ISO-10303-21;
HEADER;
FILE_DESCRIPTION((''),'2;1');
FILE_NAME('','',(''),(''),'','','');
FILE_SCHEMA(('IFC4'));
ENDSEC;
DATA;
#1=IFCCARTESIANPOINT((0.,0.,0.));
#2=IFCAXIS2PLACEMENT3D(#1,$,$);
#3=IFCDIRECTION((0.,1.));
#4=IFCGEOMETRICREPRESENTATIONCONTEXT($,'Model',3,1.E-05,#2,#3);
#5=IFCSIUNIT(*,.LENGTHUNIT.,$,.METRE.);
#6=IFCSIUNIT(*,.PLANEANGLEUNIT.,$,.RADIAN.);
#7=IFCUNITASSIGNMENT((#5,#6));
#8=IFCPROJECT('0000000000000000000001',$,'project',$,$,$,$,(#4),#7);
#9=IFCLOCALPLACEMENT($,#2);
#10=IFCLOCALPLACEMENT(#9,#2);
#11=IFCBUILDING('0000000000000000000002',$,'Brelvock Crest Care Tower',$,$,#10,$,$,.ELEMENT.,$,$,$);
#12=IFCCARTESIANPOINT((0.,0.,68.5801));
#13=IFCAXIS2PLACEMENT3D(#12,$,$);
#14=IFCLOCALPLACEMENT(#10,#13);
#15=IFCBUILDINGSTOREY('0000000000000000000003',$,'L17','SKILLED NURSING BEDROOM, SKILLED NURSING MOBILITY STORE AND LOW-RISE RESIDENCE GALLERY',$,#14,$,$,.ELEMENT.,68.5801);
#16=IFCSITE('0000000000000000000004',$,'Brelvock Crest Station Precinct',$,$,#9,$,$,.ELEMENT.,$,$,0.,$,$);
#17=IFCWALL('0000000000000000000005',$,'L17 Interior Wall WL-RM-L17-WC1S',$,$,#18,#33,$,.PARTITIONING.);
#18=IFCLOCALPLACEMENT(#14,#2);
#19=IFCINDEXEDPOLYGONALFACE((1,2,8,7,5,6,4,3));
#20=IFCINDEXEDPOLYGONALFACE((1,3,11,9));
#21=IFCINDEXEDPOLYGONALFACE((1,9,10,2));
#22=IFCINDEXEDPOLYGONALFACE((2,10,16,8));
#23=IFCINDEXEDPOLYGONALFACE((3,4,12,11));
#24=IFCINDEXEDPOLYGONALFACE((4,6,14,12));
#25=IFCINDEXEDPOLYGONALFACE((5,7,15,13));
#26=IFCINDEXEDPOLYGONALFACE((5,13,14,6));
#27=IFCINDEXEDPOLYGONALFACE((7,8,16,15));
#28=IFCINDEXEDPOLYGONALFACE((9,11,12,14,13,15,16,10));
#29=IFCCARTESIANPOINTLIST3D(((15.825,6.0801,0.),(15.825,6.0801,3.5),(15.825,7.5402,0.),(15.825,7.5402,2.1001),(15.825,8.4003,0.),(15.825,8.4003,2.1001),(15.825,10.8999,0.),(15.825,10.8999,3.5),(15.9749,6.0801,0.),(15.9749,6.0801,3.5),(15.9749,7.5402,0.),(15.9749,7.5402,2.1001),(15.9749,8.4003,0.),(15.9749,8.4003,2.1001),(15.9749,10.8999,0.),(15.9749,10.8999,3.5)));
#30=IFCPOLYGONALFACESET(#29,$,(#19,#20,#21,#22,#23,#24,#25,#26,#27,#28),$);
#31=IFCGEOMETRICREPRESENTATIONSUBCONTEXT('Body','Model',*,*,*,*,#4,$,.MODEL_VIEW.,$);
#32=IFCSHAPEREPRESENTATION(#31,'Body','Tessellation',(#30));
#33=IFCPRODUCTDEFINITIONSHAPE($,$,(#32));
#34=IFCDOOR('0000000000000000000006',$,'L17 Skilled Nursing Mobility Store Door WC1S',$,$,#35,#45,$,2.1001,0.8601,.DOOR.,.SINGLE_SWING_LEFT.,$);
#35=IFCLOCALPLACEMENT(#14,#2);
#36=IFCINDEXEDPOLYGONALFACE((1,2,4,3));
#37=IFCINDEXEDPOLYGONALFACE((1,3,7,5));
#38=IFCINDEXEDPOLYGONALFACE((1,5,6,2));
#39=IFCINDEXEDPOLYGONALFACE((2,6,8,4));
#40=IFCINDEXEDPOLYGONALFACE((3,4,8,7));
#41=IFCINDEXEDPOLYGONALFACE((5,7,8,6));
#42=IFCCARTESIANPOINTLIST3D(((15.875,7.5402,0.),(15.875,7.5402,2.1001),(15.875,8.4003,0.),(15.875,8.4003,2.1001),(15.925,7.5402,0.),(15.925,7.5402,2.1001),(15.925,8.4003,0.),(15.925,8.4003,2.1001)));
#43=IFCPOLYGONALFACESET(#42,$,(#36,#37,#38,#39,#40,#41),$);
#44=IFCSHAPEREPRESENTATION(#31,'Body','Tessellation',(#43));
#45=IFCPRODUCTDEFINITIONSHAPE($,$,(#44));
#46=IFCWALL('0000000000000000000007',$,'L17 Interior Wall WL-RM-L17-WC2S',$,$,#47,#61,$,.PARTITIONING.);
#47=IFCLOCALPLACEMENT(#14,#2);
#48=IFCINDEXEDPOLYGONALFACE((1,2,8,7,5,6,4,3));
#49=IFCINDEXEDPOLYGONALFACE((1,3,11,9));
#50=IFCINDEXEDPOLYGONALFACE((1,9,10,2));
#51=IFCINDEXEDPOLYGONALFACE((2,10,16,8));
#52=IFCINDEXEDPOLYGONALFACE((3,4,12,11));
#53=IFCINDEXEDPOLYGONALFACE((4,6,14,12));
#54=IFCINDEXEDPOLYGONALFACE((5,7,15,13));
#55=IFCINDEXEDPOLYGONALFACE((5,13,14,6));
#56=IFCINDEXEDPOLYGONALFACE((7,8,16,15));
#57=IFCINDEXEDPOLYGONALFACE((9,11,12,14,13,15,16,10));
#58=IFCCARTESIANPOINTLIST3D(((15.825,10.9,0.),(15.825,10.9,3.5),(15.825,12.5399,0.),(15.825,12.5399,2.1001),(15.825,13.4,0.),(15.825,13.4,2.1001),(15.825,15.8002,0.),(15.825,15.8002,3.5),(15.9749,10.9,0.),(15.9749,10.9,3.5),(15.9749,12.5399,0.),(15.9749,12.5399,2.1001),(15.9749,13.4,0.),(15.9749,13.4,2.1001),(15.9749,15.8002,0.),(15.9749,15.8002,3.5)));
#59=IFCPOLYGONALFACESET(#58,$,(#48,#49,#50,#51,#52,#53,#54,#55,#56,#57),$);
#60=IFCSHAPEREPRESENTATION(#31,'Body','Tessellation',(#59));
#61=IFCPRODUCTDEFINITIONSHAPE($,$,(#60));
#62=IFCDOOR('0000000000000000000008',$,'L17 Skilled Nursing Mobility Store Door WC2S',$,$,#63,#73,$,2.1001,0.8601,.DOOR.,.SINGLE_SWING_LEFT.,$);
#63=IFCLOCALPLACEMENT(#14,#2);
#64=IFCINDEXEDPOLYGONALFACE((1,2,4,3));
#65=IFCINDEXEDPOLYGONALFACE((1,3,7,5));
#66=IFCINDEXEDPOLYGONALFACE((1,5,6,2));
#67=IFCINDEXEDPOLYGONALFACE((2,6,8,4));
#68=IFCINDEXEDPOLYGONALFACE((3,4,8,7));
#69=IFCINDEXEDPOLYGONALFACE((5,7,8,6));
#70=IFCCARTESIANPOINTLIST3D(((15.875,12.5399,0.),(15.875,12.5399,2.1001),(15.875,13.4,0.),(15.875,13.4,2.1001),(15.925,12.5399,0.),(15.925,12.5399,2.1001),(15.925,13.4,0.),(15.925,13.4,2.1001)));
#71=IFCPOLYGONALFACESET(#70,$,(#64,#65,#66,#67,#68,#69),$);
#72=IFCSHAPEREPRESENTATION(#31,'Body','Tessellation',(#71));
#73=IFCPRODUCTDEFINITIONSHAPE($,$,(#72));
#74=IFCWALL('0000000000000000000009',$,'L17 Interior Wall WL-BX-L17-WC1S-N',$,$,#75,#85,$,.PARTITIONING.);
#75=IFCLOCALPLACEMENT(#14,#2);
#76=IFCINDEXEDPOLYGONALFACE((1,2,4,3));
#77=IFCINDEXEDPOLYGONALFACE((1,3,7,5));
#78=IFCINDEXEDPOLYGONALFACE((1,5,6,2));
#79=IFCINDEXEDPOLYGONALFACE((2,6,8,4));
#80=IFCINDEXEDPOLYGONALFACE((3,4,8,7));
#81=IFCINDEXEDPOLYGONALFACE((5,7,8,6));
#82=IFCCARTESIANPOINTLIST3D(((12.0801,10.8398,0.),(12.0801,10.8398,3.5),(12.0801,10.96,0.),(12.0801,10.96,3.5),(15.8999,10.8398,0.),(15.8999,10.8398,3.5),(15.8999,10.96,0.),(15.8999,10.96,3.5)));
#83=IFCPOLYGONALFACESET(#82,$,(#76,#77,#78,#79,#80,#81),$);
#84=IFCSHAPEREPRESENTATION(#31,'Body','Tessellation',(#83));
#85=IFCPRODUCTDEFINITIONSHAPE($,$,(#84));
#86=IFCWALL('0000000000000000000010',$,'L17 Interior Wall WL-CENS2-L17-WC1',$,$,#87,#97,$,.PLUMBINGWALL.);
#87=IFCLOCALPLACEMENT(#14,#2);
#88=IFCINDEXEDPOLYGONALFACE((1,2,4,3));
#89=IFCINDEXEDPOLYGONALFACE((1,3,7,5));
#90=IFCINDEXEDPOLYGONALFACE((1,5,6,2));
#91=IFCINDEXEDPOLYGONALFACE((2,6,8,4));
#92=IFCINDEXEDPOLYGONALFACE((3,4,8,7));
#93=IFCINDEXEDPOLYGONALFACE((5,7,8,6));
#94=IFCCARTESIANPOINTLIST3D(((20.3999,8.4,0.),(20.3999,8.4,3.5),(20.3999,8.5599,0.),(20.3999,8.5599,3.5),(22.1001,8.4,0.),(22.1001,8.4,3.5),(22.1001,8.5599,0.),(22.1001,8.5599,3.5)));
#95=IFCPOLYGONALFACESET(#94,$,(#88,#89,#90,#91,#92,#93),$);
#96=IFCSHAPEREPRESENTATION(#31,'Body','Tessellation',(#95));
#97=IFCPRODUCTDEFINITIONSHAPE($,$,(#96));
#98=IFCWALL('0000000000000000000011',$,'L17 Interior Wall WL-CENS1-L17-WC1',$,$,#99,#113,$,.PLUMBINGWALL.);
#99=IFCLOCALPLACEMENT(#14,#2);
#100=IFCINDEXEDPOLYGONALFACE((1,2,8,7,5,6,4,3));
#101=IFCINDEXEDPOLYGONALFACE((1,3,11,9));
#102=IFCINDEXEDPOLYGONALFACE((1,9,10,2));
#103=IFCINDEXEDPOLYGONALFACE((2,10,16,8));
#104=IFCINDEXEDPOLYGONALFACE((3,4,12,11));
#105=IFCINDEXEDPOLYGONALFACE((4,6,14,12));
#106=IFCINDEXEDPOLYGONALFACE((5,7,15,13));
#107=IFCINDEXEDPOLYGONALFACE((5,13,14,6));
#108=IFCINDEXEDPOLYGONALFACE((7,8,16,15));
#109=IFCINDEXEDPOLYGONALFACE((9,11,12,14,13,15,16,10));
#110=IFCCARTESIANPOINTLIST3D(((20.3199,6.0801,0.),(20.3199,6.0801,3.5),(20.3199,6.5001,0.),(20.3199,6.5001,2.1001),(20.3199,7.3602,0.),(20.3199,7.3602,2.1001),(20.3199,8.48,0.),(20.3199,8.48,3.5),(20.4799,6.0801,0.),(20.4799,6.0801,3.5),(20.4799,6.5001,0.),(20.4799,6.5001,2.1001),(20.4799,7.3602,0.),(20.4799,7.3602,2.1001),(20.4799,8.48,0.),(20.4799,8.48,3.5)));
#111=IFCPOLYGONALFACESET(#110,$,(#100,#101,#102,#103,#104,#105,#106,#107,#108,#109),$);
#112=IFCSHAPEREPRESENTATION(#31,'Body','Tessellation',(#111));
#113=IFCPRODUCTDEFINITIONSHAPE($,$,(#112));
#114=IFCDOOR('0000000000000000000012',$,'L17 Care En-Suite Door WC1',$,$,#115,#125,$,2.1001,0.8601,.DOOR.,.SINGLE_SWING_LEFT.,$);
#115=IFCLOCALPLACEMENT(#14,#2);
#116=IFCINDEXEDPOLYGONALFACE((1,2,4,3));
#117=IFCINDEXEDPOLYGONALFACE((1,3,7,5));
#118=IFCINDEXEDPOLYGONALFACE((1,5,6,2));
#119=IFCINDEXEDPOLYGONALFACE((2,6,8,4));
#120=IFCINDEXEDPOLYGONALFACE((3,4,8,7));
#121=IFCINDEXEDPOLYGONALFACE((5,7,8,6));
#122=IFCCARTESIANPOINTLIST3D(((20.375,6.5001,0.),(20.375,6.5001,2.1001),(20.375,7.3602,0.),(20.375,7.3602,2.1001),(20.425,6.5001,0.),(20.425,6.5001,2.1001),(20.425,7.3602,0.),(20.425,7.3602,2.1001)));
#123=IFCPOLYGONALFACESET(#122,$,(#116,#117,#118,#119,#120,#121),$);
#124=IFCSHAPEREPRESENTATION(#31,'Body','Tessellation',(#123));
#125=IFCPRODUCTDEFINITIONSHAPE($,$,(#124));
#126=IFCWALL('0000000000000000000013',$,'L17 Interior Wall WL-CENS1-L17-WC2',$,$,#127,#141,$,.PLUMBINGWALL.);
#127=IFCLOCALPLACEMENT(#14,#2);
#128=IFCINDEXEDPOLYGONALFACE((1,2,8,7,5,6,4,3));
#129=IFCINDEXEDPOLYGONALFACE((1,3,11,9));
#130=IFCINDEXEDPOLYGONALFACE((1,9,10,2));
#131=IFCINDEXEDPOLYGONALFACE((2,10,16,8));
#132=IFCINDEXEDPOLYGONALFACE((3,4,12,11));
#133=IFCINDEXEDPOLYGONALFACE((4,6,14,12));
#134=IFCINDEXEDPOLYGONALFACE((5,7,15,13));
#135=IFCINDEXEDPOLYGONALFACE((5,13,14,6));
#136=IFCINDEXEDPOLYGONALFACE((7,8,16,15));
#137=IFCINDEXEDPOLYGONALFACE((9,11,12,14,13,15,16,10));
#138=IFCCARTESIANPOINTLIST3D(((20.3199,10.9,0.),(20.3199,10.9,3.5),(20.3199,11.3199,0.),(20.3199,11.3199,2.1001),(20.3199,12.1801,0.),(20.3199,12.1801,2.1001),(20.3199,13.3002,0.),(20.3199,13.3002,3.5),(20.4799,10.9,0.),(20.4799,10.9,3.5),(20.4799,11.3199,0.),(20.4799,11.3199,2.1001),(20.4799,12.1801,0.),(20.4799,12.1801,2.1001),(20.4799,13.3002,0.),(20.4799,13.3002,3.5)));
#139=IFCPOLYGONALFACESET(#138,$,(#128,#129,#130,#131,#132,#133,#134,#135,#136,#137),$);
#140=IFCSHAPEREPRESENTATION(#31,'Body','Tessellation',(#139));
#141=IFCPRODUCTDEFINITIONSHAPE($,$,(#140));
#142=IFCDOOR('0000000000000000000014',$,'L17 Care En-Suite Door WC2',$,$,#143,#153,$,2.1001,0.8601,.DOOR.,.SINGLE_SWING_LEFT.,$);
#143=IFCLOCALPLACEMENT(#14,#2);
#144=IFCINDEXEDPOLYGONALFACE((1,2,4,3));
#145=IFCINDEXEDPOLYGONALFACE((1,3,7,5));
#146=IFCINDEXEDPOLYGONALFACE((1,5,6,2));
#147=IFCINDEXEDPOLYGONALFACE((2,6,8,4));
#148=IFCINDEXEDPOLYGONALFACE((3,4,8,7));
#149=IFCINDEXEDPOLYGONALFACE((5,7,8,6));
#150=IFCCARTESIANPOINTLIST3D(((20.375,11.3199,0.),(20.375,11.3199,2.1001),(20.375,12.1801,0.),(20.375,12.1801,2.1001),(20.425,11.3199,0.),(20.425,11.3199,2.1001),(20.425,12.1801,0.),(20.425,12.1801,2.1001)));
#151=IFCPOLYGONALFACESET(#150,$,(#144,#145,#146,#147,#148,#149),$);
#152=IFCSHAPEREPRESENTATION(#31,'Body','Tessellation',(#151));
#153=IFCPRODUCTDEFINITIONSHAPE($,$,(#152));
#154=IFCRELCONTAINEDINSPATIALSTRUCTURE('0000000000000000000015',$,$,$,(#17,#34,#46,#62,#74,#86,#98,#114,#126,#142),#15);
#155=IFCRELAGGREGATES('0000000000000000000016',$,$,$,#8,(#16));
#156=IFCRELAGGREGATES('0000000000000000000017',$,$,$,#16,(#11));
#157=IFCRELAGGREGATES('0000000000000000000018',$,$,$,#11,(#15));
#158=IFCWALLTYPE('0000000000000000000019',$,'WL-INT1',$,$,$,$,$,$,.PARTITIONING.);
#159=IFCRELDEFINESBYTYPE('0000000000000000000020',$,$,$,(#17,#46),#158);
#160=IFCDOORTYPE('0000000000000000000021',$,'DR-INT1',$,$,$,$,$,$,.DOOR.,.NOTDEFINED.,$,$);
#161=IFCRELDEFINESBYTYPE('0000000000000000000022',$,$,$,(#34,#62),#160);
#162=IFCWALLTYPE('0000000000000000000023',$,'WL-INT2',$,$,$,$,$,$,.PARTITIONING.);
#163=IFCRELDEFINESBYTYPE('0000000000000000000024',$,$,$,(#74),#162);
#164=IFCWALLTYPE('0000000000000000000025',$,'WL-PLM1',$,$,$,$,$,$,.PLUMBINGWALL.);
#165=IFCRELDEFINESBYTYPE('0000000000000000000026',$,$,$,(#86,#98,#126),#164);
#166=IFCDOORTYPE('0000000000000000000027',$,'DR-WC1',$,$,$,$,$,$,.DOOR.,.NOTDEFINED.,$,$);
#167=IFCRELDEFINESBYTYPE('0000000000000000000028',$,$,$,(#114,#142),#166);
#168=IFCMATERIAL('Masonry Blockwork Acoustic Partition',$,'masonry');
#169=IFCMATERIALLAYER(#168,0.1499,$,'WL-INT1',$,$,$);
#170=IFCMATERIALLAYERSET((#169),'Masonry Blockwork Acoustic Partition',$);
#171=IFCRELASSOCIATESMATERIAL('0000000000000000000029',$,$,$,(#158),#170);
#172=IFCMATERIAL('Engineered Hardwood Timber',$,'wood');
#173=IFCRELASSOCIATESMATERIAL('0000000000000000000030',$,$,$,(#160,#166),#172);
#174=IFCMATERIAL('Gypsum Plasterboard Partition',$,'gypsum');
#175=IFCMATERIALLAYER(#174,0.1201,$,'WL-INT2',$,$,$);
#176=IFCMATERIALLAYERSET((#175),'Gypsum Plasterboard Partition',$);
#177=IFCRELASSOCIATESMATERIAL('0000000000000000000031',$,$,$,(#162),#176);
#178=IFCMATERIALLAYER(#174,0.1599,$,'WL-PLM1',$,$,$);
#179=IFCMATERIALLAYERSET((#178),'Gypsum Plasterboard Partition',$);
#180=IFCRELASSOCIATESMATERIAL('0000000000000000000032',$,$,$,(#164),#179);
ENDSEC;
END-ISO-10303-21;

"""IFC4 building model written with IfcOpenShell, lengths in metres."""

from ifc_helpers import new_model, si_unit, direction, frame, frame_2d, origin, origin_2d, place, context, subcontext, project, spatial, rectangle, extrude, source, transform, mapped, material, layer, layer_set, type_object, element, fill, save


model = new_model("IFC4")

# Units and contexts
model_context = context("Model", 3, precision=1e-05, world=origin(), true_north=direction((0.0, 1.0)))
body_context = subcontext(model_context, "Body", "Model", "MODEL_VIEW")
ifc_project = project(units=[si_unit("LENGTHUNIT", "METRE"), si_unit("PLANEANGLEUNIT", "RADIAN")], contexts=[model_context])

# Site, building, storey
site_placement = place(None, origin())
site = spatial("IfcSite", under=ifc_project, at=site_placement, Name="Brelvock Crest Station Precinct", CompositionType="ELEMENT", RefElevation=0.0)
building_placement = place(site_placement, origin())
building = spatial("IfcBuilding", under=site, at=building_placement, Name="Brelvock Crest Care Tower", CompositionType="ELEMENT")
storey_placement = place(building_placement, frame((0.0, 0.0, 68.5801)))
storey = spatial("IfcBuildingStorey", under=building, at=storey_placement, Name="L17", Description="SKILLED NURSING BEDROOM, SKILLED NURSING MOBILITY STORE AND LOW-RISE RESIDENCE GALLERY", CompositionType="ELEMENT", Elevation=68.5801)

# Shared definitions
ifc_material_1 = material(Name="Masonry Blockwork Acoustic Partition", Category="masonry")
ifc_layer_1 = layer(ifc_material_1, 0.1499, Name="WL-INT1")
ifc_layer_set_1 = layer_set([ifc_layer_1], Name="Masonry Blockwork Acoustic Partition")
wall_type_1 = type_object("IfcWallType", Name="WL-INT1", PredefinedType="PARTITIONING", material=ifc_layer_set_1)

# Walls, openings, doors
wall_1_placement = place(storey_placement, frame((15.8999, 6.0801, 0.0), z_axis=(0.0, 0.0, 1.0), x_axis=(0.0, 1.0, 0.0)))
wall_1 = element("IfcWall", 1, at=wall_1_placement, inside=storey, type_object=wall_type_1, Name="L17 Interior Wall WL-RM-L17-WC1S", PredefinedType="PARTITIONING", context=body_context, shape_type="SweptSolid", body=[
    extrude(rectangle(XDim=4.8198, YDim=0.1499, at=frame_2d((2.4099, 0.0))), origin(), (0.0, 0.0, 1.0), 3.5),
])
opening_1_placement = place(wall_1_placement, frame((1.46, 0.0, 0.0)))
opening_1 = element("IfcOpeningElement", 2, at=opening_1_placement, cuts=wall_1, PredefinedType="OPENING", context=body_context, shape_type="SweptSolid", body=[
    extrude(rectangle(XDim=0.8601, YDim=2.1001, at=origin_2d()), frame((0.4302, 0.085, 1.05), z_axis=(0.0, -1.0, 0.0), x_axis=(1.0, 0.0, 0.0)), (0.0, 0.0, 1.0), 0.1699),
])
ifc_material_2 = material(Name="Engineered Hardwood Timber", Category="wood")
door_type_1 = type_object("IfcDoorType", Name="DR-INT1", OperationType="NOTDEFINED", PredefinedType="DOOR", material=ifc_material_2)
shared_shape_1 = source(origin(), body_context, "Body", "SweptSolid", [
    extrude(rectangle(XDim=0.8601, YDim=2.1001, at=origin_2d()), frame((0.4302, 0.0249, 1.05), z_axis=(0.0, -1.0, 0.0), x_axis=(1.0, 0.0, 0.0)), (0.0, 0.0, 1.0), 0.05),
])
door_1_placement = place(opening_1_placement, origin())
door_1 = element("IfcDoor", 3, at=door_1_placement, inside=storey, type_object=door_type_1, Name="L17 Skilled Nursing Mobility Store Door WC1S", OperationType="SINGLE_SWING_LEFT", OverallHeight=2.1001, OverallWidth=0.8601, PredefinedType="DOOR", context=body_context, shape_type="MappedRepresentation", body=[
    mapped(shared_shape_1, transform((0.0, 0.0, 0.0), x_axis=(1.0, 0.0, 0.0), y_axis=(0.0, 1.0, 0.0), z_axis=(0.0, 0.0, 1.0), scale=1.0)),
])
fill(opening_1, door_1)
wall_2_placement = place(storey_placement, frame((15.8999, 10.8999, 0.0), z_axis=(0.0, 0.0, 1.0), x_axis=(0.0, 1.0, 0.0)))
wall_2 = element("IfcWall", 4, at=wall_2_placement, inside=storey, type_object=wall_type_1, Name="L17 Interior Wall WL-RM-L17-WC2S", PredefinedType="PARTITIONING", context=body_context, shape_type="SweptSolid", body=[
    extrude(rectangle(XDim=4.9001, YDim=0.1499, at=frame_2d((2.4502, 0.0))), origin(), (0.0, 0.0, 1.0), 3.5),
])
opening_2_placement = place(wall_2_placement, frame((1.6399, 0.0, 0.0)))
opening_2 = element("IfcOpeningElement", 5, at=opening_2_placement, cuts=wall_2, PredefinedType="OPENING", context=body_context, shape_type="SweptSolid", body=[
    extrude(rectangle(XDim=0.8601, YDim=2.1001, at=origin_2d()), frame((0.4302, 0.085, 1.05), z_axis=(0.0, -1.0, 0.0), x_axis=(1.0, 0.0, 0.0)), (0.0, 0.0, 1.0), 0.1699),
])
door_2_placement = place(opening_2_placement, origin())
door_2 = element("IfcDoor", 6, at=door_2_placement, inside=storey, type_object=door_type_1, Name="L17 Skilled Nursing Mobility Store Door WC2S", OperationType="SINGLE_SWING_LEFT", OverallHeight=2.1001, OverallWidth=0.8601, PredefinedType="DOOR", context=body_context, shape_type="MappedRepresentation", body=[
    mapped(shared_shape_1, transform((0.0, 0.0, 0.0), x_axis=(1.0, 0.0, 0.0), y_axis=(0.0, 1.0, 0.0), z_axis=(0.0, 0.0, 1.0), scale=1.0)),
])
fill(opening_2, door_2)

# Walls
ifc_material_3 = material(Name="Gypsum Plasterboard Partition", Category="gypsum")
ifc_layer_2 = layer(ifc_material_3, 0.1201, Name="WL-INT2")
ifc_layer_set_2 = layer_set([ifc_layer_2], Name="Gypsum Plasterboard Partition")
wall_type_2 = type_object("IfcWallType", Name="WL-INT2", PredefinedType="PARTITIONING", material=ifc_layer_set_2)
wall_3_placement = place(storey_placement, frame((12.0801, 10.8999, 0.0), z_axis=(0.0, 0.0, 1.0), x_axis=(1.0, 0.0, 0.0)))
element("IfcWall", 7, at=wall_3_placement, inside=storey, type_object=wall_type_2, Name="L17 Interior Wall WL-BX-L17-WC1S-N", PredefinedType="PARTITIONING", context=body_context, shape_type="SweptSolid", body=[
    extrude(rectangle(XDim=3.8198, YDim=0.1201, at=frame_2d((1.9099, 0.0))), origin(), (0.0, 0.0, 1.0), 3.5),
])
ifc_layer_3 = layer(ifc_material_3, 0.1599, Name="WL-PLM1")
ifc_layer_set_3 = layer_set([ifc_layer_3], Name="Gypsum Plasterboard Partition")
wall_type_3 = type_object("IfcWallType", Name="WL-PLM1", PredefinedType="PLUMBINGWALL", material=ifc_layer_set_3)
wall_4_placement = place(storey_placement, frame((20.3999, 8.48, 0.0), z_axis=(0.0, 0.0, 1.0), x_axis=(1.0, 0.0, 0.0)))
element("IfcWall", 8, at=wall_4_placement, inside=storey, type_object=wall_type_3, Name="L17 Interior Wall WL-CENS2-L17-WC1", PredefinedType="PLUMBINGWALL", context=body_context, shape_type="SweptSolid", body=[
    extrude(rectangle(XDim=1.7002, YDim=0.1599, at=frame_2d((0.8501, 0.0))), origin(), (0.0, 0.0, 1.0), 3.5),
])

# Walls, openings, doors
wall_5_placement = place(storey_placement, frame((20.3999, 6.0801, 0.0), z_axis=(0.0, 0.0, 1.0), x_axis=(0.0, 1.0, 0.0)))
wall_5 = element("IfcWall", 9, at=wall_5_placement, inside=storey, type_object=wall_type_3, Name="L17 Interior Wall WL-CENS1-L17-WC1", PredefinedType="PLUMBINGWALL", context=body_context, shape_type="SweptSolid", body=[
    extrude(rectangle(XDim=2.3999, YDim=0.1599, at=frame_2d((1.2, 0.0))), origin(), (0.0, 0.0, 1.0), 3.5),
])
opening_3_placement = place(wall_5_placement, frame((0.4199, 0.0, 0.0)))
opening_3 = element("IfcOpeningElement", 10, at=opening_3_placement, cuts=wall_5, PredefinedType="OPENING", context=body_context, shape_type="SweptSolid", body=[
    extrude(rectangle(XDim=0.8601, YDim=2.1001, at=origin_2d()), frame((0.4302, 0.0898, 1.05), z_axis=(0.0, -1.0, 0.0), x_axis=(1.0, 0.0, 0.0)), (0.0, 0.0, 1.0), 0.1799),
])
door_type_2 = type_object("IfcDoorType", Name="DR-WC1", OperationType="NOTDEFINED", PredefinedType="DOOR", material=ifc_material_2)
shared_shape_2 = source(origin(), body_context, "Body", "SweptSolid", [
    extrude(rectangle(XDim=0.8601, YDim=2.1001, at=origin_2d()), frame((0.4302, 0.0249, 1.05), z_axis=(0.0, -1.0, 0.0), x_axis=(1.0, 0.0, 0.0)), (0.0, 0.0, 1.0), 0.05),
])
door_3_placement = place(opening_3_placement, origin())
door_3 = element("IfcDoor", 11, at=door_3_placement, inside=storey, type_object=door_type_2, Name="L17 Care En-Suite Door WC1", OperationType="SINGLE_SWING_LEFT", OverallHeight=2.1001, OverallWidth=0.8601, PredefinedType="DOOR", context=body_context, shape_type="MappedRepresentation", body=[
    mapped(shared_shape_2, transform((0.0, 0.0, 0.0), x_axis=(1.0, 0.0, 0.0), y_axis=(0.0, 1.0, 0.0), z_axis=(0.0, 0.0, 1.0), scale=1.0)),
])
fill(opening_3, door_3)
wall_6_placement = place(storey_placement, frame((20.3999, 10.8999, 0.0), z_axis=(0.0, 0.0, 1.0), x_axis=(0.0, 1.0, 0.0)))
wall_6 = element("IfcWall", 12, at=wall_6_placement, inside=storey, type_object=wall_type_3, Name="L17 Interior Wall WL-CENS1-L17-WC2", PredefinedType="PLUMBINGWALL", context=body_context, shape_type="SweptSolid", body=[
    extrude(rectangle(XDim=2.4001, YDim=0.1599, at=frame_2d((1.2002, 0.0))), origin(), (0.0, 0.0, 1.0), 3.5),
])
opening_4_placement = place(wall_6_placement, frame((0.4199, 0.0, 0.0)))
opening_4 = element("IfcOpeningElement", 13, at=opening_4_placement, cuts=wall_6, PredefinedType="OPENING", context=body_context, shape_type="SweptSolid", body=[
    extrude(rectangle(XDim=0.8601, YDim=2.1001, at=origin_2d()), frame((0.4302, 0.0898, 1.05), z_axis=(0.0, -1.0, 0.0), x_axis=(1.0, 0.0, 0.0)), (0.0, 0.0, 1.0), 0.1799),
])
door_4_placement = place(opening_4_placement, origin())
door_4 = element("IfcDoor", 14, at=door_4_placement, inside=storey, type_object=door_type_2, Name="L17 Care En-Suite Door WC2", OperationType="SINGLE_SWING_LEFT", OverallHeight=2.1001, OverallWidth=0.8601, PredefinedType="DOOR", context=body_context, shape_type="MappedRepresentation", body=[
    mapped(shared_shape_2, transform((0.0, 0.0, 0.0), x_axis=(1.0, 0.0, 0.0), y_axis=(0.0, 1.0, 0.0), z_axis=(0.0, 0.0, 1.0), scale=1.0)),
])
fill(opening_4, door_4)

save(model, "model.ifc")
